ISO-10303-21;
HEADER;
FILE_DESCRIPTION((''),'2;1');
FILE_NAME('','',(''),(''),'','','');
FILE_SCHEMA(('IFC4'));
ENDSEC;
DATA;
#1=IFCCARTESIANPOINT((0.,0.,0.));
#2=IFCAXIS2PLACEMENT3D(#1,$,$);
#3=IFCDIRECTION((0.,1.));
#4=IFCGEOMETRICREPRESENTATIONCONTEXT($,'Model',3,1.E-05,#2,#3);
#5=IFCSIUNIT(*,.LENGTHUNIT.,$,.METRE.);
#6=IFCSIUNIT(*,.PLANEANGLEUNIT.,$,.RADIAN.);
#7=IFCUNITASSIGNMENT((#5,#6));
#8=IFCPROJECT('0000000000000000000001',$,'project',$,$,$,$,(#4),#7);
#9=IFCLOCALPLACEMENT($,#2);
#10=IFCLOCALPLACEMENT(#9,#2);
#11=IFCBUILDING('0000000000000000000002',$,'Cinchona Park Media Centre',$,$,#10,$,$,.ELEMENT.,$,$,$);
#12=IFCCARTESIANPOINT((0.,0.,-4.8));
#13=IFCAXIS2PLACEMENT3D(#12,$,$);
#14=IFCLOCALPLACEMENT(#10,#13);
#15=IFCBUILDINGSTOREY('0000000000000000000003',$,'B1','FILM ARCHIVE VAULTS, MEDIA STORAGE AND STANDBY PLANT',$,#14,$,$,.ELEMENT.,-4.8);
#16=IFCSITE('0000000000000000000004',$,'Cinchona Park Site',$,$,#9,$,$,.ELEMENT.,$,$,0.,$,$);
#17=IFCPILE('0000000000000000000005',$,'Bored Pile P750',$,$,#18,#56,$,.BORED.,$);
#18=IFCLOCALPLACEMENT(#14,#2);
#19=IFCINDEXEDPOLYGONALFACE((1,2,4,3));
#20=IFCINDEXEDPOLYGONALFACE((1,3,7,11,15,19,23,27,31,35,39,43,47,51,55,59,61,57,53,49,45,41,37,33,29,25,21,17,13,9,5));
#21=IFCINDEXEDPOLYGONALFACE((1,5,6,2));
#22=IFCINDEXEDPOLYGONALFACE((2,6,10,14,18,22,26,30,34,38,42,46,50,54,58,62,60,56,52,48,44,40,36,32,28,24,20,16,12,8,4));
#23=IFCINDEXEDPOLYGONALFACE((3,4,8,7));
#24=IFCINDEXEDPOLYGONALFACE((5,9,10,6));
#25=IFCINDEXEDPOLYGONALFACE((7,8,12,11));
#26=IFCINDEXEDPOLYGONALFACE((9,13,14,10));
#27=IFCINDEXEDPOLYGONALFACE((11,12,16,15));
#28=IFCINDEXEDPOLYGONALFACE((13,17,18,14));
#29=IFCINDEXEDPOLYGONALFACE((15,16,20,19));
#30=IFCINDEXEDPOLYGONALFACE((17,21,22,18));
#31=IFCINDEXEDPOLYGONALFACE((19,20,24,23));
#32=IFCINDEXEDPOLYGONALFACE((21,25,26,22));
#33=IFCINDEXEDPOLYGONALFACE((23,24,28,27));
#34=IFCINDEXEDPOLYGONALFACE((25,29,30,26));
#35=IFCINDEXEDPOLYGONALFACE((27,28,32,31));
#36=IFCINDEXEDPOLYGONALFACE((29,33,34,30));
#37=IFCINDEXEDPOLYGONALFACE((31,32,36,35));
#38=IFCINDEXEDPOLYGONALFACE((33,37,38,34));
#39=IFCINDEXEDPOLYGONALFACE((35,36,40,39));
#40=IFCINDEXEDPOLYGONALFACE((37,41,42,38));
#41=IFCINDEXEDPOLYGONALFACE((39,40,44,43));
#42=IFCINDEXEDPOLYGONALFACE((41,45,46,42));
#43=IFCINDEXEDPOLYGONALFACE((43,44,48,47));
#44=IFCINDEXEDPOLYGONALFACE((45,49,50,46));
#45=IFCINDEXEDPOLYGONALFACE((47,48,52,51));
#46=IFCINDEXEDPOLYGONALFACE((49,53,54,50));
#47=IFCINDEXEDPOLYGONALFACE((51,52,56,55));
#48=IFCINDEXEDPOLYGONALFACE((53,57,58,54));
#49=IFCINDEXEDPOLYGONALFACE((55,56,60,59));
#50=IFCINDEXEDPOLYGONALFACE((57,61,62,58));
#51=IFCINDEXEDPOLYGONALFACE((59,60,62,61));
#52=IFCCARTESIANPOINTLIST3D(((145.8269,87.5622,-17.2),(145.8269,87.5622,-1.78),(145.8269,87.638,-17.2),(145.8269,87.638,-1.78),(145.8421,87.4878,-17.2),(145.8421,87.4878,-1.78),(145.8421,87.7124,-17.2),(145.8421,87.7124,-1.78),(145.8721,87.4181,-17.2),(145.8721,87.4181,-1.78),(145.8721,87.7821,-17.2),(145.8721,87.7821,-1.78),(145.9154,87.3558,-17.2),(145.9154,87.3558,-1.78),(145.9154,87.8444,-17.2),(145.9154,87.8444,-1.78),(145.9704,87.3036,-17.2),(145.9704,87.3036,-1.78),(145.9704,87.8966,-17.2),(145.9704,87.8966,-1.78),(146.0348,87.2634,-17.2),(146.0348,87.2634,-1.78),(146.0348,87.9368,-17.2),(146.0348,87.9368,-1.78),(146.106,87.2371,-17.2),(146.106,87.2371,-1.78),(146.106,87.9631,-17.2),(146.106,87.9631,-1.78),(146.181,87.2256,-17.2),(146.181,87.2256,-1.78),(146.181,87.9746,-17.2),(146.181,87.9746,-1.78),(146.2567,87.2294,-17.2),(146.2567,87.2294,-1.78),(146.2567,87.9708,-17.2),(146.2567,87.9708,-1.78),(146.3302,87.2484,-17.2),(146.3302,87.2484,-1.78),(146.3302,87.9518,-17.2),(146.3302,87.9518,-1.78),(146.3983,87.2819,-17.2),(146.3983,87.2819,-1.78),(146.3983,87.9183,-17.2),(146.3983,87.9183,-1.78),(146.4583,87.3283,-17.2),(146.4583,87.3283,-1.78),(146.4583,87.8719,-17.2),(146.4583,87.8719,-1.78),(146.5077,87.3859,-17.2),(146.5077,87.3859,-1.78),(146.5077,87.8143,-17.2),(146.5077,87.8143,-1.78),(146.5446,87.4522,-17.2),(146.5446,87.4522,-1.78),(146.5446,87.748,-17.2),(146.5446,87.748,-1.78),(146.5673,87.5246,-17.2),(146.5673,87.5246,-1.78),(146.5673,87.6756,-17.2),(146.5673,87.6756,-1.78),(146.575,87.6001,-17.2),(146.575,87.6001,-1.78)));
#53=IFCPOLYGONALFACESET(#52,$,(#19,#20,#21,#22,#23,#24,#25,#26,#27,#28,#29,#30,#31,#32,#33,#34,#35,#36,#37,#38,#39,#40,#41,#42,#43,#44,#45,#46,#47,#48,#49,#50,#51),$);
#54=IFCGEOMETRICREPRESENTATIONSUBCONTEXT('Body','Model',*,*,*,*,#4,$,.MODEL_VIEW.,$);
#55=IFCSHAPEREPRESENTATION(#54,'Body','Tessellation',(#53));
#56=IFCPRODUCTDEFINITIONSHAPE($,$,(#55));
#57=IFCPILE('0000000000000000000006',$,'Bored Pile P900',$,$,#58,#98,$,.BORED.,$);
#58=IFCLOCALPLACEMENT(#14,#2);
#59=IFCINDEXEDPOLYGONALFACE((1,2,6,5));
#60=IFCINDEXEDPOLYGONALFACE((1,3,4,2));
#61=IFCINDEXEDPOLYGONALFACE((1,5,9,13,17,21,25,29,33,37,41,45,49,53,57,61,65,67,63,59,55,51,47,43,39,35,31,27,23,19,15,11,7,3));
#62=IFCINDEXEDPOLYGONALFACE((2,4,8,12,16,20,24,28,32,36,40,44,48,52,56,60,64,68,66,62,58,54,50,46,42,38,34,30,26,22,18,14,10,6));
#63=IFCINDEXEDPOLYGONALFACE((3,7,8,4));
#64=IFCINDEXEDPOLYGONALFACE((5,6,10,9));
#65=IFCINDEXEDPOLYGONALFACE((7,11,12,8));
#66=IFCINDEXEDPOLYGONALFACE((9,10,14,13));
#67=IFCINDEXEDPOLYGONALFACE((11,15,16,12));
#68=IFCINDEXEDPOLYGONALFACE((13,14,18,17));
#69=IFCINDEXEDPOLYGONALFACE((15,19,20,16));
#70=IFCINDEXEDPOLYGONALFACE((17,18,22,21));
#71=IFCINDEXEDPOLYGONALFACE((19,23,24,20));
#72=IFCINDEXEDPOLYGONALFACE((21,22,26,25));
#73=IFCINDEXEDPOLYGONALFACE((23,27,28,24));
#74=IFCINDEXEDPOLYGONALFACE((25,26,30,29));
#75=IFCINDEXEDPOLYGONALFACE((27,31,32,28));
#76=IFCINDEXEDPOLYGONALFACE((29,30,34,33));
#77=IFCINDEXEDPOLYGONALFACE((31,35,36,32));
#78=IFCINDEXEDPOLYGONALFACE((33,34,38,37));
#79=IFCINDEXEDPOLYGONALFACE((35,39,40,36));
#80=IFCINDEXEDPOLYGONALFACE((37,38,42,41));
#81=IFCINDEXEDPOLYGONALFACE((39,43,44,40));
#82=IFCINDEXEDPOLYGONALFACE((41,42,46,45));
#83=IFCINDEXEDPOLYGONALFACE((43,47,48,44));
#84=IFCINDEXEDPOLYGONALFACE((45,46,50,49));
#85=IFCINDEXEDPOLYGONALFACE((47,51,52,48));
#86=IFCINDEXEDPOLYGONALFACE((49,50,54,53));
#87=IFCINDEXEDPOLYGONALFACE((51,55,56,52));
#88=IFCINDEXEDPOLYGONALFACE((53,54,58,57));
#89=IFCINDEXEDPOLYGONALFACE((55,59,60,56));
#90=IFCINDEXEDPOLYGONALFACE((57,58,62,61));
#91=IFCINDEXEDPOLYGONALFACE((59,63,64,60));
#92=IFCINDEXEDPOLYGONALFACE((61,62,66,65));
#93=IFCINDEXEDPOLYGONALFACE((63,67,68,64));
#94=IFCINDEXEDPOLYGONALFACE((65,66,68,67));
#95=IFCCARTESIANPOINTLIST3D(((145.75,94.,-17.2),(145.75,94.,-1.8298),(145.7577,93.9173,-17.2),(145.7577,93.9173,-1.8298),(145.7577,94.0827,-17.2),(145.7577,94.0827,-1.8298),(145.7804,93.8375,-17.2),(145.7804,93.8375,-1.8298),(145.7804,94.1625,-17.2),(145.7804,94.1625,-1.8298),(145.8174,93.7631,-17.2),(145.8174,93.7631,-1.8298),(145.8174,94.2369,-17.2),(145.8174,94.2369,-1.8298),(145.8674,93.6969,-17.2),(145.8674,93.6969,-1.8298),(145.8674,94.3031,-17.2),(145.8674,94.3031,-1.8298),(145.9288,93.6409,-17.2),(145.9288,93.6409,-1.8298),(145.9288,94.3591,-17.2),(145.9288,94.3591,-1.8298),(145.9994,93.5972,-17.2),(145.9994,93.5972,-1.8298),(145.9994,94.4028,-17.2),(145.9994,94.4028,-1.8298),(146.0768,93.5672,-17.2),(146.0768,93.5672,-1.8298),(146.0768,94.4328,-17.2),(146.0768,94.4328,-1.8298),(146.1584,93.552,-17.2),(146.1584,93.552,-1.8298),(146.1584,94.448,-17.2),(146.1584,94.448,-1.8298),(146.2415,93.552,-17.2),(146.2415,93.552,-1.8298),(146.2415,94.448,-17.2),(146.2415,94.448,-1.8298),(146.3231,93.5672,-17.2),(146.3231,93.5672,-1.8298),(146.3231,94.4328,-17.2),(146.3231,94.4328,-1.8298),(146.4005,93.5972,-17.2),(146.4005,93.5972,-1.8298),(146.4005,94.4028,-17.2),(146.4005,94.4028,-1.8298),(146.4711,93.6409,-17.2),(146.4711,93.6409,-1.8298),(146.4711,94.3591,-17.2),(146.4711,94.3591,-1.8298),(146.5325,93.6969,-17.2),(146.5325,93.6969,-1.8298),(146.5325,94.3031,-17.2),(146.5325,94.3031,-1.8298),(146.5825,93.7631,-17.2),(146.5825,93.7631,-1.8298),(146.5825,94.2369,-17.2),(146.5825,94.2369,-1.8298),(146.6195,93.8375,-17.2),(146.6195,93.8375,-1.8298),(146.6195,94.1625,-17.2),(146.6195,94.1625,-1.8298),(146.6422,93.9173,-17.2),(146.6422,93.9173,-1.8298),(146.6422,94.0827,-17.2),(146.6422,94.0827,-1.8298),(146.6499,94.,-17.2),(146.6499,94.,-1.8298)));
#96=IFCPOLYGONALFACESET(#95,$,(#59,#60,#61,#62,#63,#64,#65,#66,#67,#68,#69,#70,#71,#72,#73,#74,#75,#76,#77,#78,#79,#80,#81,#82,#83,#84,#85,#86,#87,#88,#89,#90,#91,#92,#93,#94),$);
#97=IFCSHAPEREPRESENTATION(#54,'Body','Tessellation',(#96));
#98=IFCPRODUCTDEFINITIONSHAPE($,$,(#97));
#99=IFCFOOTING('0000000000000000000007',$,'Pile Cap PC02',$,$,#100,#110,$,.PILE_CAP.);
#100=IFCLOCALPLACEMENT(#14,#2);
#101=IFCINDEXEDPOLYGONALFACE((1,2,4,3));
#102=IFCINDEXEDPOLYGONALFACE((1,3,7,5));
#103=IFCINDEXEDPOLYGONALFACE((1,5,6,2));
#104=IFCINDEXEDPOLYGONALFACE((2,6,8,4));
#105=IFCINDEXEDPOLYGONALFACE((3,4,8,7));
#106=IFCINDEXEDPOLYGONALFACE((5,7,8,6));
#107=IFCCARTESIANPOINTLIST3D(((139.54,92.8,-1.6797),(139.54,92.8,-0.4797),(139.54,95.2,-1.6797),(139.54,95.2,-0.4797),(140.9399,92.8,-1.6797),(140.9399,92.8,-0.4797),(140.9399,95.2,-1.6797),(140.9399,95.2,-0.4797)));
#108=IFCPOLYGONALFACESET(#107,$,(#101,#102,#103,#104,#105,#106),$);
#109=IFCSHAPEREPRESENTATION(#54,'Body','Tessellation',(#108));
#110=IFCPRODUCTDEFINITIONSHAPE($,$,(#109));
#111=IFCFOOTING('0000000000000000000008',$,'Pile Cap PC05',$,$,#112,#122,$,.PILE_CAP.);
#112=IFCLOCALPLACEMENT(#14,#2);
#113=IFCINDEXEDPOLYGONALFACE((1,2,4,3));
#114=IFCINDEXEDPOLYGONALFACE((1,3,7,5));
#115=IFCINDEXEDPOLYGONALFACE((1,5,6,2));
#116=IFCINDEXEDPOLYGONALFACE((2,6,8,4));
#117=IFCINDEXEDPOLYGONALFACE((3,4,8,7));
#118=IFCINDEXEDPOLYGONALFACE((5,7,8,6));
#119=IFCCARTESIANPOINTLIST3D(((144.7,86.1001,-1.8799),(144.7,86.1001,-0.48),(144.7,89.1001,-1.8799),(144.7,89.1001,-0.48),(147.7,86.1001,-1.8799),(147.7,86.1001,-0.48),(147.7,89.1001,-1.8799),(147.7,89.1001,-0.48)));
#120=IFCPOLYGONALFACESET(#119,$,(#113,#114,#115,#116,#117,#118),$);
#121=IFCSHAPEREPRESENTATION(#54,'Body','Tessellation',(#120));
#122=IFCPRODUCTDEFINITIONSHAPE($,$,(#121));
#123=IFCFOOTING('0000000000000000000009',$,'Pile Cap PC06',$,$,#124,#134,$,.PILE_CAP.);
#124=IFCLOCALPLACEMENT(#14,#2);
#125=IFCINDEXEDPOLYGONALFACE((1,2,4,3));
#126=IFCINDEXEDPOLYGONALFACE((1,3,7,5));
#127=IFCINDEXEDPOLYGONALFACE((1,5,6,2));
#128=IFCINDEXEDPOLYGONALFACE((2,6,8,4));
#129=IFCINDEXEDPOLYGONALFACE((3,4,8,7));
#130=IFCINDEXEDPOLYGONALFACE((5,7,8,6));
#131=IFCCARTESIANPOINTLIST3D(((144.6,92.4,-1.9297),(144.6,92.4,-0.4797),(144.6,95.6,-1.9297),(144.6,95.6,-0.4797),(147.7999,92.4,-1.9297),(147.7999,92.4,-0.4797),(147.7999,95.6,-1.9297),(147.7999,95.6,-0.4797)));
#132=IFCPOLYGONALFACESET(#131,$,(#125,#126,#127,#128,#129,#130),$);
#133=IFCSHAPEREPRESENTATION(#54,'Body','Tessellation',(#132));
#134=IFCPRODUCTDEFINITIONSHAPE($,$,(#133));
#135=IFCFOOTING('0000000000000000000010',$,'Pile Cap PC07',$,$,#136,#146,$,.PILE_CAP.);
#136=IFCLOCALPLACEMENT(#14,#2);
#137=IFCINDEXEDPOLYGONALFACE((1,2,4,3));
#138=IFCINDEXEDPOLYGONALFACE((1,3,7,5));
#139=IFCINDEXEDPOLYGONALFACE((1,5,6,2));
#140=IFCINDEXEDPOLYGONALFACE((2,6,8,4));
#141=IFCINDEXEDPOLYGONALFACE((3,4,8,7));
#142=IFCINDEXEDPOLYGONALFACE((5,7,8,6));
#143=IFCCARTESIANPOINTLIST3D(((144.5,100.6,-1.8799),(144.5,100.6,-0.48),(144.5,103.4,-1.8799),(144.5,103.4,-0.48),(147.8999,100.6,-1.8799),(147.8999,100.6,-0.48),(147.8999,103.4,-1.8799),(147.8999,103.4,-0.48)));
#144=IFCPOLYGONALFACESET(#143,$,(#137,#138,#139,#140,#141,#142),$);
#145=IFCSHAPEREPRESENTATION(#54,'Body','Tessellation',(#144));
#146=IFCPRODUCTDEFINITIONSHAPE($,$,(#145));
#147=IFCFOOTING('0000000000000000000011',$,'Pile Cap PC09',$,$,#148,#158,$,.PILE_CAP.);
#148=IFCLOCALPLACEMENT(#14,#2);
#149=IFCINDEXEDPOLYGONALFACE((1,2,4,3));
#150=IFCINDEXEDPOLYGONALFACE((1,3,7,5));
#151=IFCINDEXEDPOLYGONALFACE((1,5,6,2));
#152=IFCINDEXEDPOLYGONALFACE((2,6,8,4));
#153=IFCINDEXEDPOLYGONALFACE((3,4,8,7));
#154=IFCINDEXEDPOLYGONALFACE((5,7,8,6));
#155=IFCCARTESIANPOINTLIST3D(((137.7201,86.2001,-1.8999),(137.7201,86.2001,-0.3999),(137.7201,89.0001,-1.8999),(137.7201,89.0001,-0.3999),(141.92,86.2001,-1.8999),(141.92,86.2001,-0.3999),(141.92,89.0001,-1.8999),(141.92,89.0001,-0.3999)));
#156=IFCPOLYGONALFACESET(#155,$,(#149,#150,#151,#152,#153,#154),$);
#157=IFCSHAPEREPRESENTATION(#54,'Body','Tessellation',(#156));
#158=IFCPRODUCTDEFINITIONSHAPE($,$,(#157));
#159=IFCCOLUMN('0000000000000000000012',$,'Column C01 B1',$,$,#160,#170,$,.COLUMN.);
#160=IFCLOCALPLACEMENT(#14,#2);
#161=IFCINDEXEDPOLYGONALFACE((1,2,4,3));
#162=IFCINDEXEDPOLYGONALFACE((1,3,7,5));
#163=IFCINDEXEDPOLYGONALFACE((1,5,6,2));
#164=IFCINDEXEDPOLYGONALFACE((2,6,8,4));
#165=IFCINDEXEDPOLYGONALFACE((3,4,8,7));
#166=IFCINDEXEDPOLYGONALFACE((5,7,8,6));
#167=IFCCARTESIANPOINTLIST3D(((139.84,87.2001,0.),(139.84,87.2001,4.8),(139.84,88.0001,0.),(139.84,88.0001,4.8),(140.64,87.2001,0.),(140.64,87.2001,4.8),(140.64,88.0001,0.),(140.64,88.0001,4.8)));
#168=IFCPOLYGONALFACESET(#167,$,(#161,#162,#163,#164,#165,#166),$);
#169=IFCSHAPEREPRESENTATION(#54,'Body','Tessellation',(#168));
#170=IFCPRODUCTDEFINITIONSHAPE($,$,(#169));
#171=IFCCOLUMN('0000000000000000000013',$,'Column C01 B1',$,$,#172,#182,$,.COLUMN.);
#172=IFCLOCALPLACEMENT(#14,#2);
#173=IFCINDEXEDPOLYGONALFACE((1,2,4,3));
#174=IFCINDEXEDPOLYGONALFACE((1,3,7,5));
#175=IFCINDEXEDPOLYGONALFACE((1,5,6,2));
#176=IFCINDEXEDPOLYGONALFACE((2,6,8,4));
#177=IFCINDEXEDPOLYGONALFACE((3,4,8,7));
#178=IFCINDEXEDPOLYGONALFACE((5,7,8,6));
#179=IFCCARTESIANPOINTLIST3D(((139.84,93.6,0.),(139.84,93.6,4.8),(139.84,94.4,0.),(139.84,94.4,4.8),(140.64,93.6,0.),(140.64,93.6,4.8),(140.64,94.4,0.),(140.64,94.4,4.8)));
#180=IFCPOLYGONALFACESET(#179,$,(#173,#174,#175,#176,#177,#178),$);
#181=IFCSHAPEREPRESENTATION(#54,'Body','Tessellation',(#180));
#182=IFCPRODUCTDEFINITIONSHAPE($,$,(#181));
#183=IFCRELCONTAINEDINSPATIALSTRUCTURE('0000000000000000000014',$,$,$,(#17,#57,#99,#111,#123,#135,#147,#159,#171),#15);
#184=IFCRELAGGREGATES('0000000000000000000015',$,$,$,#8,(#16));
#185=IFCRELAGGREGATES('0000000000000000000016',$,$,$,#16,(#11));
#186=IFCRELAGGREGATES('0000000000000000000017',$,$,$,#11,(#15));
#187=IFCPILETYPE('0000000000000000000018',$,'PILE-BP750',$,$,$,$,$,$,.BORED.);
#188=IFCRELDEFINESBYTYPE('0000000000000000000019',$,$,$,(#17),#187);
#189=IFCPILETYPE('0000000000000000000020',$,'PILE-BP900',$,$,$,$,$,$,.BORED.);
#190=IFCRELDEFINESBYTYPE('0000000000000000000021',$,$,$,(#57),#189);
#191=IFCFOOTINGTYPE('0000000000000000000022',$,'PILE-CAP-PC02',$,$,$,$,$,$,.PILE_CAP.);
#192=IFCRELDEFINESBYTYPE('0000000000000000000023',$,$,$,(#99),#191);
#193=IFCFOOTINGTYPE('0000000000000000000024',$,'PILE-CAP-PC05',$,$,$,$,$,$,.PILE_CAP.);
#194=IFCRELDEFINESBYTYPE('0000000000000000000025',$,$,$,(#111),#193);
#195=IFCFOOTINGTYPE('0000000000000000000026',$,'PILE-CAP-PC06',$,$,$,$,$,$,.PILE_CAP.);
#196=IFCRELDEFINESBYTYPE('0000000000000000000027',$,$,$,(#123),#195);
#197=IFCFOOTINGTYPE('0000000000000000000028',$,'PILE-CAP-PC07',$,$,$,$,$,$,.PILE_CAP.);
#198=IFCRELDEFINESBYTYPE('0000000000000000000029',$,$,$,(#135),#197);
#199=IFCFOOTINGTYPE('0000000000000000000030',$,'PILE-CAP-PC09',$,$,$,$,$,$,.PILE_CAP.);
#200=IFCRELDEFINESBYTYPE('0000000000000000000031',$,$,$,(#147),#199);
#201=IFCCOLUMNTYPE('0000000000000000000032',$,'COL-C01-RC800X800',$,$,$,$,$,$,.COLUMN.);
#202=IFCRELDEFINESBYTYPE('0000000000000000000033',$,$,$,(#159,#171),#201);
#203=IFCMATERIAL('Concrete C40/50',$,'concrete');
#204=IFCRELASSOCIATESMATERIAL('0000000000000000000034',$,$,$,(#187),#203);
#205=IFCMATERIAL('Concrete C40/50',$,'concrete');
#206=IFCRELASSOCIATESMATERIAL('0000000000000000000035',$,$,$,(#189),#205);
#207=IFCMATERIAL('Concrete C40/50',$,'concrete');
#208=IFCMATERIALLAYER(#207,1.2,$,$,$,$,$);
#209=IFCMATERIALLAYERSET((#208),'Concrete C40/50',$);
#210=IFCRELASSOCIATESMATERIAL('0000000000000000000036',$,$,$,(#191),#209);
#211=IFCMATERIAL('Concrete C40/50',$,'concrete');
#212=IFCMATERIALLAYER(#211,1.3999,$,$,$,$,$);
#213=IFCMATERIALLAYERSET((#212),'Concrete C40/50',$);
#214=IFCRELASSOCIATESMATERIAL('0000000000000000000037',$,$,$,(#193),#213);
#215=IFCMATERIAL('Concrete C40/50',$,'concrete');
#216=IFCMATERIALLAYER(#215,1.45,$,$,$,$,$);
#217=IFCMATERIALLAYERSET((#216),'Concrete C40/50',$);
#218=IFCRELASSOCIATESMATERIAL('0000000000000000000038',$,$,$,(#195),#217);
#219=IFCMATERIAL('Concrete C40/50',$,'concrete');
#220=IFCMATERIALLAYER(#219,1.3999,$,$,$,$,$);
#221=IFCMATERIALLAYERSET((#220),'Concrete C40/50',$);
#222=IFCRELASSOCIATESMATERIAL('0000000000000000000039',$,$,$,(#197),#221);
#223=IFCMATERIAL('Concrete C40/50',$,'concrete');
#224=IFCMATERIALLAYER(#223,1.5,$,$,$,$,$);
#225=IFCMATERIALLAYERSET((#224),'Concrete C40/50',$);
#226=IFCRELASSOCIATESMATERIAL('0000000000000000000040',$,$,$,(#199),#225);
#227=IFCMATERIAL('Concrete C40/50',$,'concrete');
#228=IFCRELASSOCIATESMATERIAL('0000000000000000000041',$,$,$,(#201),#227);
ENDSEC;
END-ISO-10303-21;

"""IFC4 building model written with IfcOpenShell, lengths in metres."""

from ifc_helpers import new_model, si_unit, direction, frame, origin, origin_2d, place, context, subcontext, project, spatial, rectangle, circle, extrude, material, layer, layer_set, material_profile, profile_set, type_object, element, save


model = new_model("IFC4")

# Units and contexts
model_context = context("Model", 3, precision=1e-05, world=origin(), true_north=direction((0.0, 1.0)))
body_context = subcontext(model_context, "Body", "Model", "MODEL_VIEW")
ifc_project = project(units=[si_unit("LENGTHUNIT", "METRE"), si_unit("PLANEANGLEUNIT", "RADIAN")], contexts=[model_context])

# Site, building, storey
site_placement = place(None, origin())
site = spatial("IfcSite", under=ifc_project, at=site_placement, Name="Cinchona Park Site", CompositionType="ELEMENT", RefElevation=0.0)
building_placement = place(site_placement, origin())
building = spatial("IfcBuilding", under=site, at=building_placement, Name="Cinchona Park Media Centre", CompositionType="ELEMENT")
storey_placement = place(building_placement, frame((0.0, 0.0, -4.8)))
storey = spatial("IfcBuildingStorey", under=building, at=storey_placement, Name="B1", Description="FILM ARCHIVE VAULTS, MEDIA STORAGE AND STANDBY PLANT", CompositionType="ELEMENT", Elevation=-4.8)

# Piles
ifc_material_1 = material(Name="Concrete C40/50", Category="concrete")
ifc_material_profile_1 = material_profile(ifc_material_1, circle(Radius=0.375, at=origin_2d()), Name="BORED PILE 750")
ifc_profile_set_1 = profile_set([ifc_material_profile_1], Name="Concrete C40/50")
pile_type_1 = type_object("IfcPileType", Name="PILE-BP750", PredefinedType="BORED", material=ifc_profile_set_1)
pile_1_placement = place(storey_placement, frame((146.2, 87.6001, -1.78), z_axis=(0.0, 0.0, -1.0), x_axis=(1.0, 0.0, 0.0)))
element("IfcPile", 1, at=pile_1_placement, inside=storey, type_object=pile_type_1, Name="Bored Pile P750", PredefinedType="BORED", context=body_context, shape_type="SweptSolid", body=[
    extrude(circle(Radius=0.375, at=origin_2d()), origin(), (0.0, 0.0, 1.0), 15.4199),
])
ifc_material_2 = material(Name="Concrete C40/50", Category="concrete")
ifc_material_profile_2 = material_profile(ifc_material_2, circle(Radius=0.45, at=origin_2d()), Name="BORED PILE 900")
ifc_profile_set_2 = profile_set([ifc_material_profile_2], Name="Concrete C40/50")
pile_type_2 = type_object("IfcPileType", Name="PILE-BP900", PredefinedType="BORED", material=ifc_profile_set_2)
pile_2_placement = place(storey_placement, frame((146.2, 94.0, -1.8298), z_axis=(0.0, 0.0, -1.0), x_axis=(1.0, 0.0, 0.0)))
element("IfcPile", 2, at=pile_2_placement, inside=storey, type_object=pile_type_2, Name="Bored Pile P900", PredefinedType="BORED", context=body_context, shape_type="SweptSolid", body=[
    extrude(circle(Radius=0.45, at=origin_2d()), origin(), (0.0, 0.0, 1.0), 15.3701),
])

# Footings
ifc_material_3 = material(Name="Concrete C40/50", Category="concrete")
ifc_layer_1 = layer(ifc_material_3, 1.2)
ifc_layer_set_1 = layer_set([ifc_layer_1], Name="Concrete C40/50")
footing_type_1 = type_object("IfcFootingType", Name="PILE-CAP-PC02", PredefinedType="PILE_CAP", material=ifc_layer_set_1)
footing_1_placement = place(storey_placement, frame((140.24, 94.0, -1.6797), z_axis=(0.0, 0.0, 1.0), x_axis=(1.0, 0.0, 0.0)))
element("IfcFooting", 3, at=footing_1_placement, inside=storey, type_object=footing_type_1, Name="Pile Cap PC02", PredefinedType="PILE_CAP", context=body_context, shape_type="SweptSolid", body=[
    extrude(rectangle(XDim=1.3999, YDim=2.3999, at=origin_2d()), origin(), (0.0, 0.0, 1.0), 1.2),
])
ifc_material_4 = material(Name="Concrete C40/50", Category="concrete")
ifc_layer_2 = layer(ifc_material_4, 1.3999)
ifc_layer_set_2 = layer_set([ifc_layer_2], Name="Concrete C40/50")
footing_type_2 = type_object("IfcFootingType", Name="PILE-CAP-PC05", PredefinedType="PILE_CAP", material=ifc_layer_set_2)
footing_2_placement = place(storey_placement, frame((146.2, 87.6001, -1.8799), z_axis=(0.0, 0.0, 1.0), x_axis=(1.0, 0.0, 0.0)))
element("IfcFooting", 4, at=footing_2_placement, inside=storey, type_object=footing_type_2, Name="Pile Cap PC05", PredefinedType="PILE_CAP", context=body_context, shape_type="SweptSolid", body=[
    extrude(rectangle(XDim=3.0, YDim=3.0, at=origin_2d()), origin(), (0.0, 0.0, 1.0), 1.3999),
])
ifc_material_5 = material(Name="Concrete C40/50", Category="concrete")
ifc_layer_3 = layer(ifc_material_5, 1.45)
ifc_layer_set_3 = layer_set([ifc_layer_3], Name="Concrete C40/50")
footing_type_3 = type_object("IfcFootingType", Name="PILE-CAP-PC06", PredefinedType="PILE_CAP", material=ifc_layer_set_3)
footing_3_placement = place(storey_placement, frame((146.2, 94.0, -1.9297), z_axis=(0.0, 0.0, 1.0), x_axis=(1.0, 0.0, 0.0)))
element("IfcFooting", 5, at=footing_3_placement, inside=storey, type_object=footing_type_3, Name="Pile Cap PC06", PredefinedType="PILE_CAP", context=body_context, shape_type="SweptSolid", body=[
    extrude(rectangle(XDim=3.2, YDim=3.2, at=origin_2d()), origin(), (0.0, 0.0, 1.0), 1.45),
])
ifc_material_6 = material(Name="Concrete C40/50", Category="concrete")
ifc_layer_4 = layer(ifc_material_6, 1.3999)
ifc_layer_set_4 = layer_set([ifc_layer_4], Name="Concrete C40/50")
footing_type_4 = type_object("IfcFootingType", Name="PILE-CAP-PC07", PredefinedType="PILE_CAP", material=ifc_layer_set_4)
footing_4_placement = place(storey_placement, frame((146.2, 102.0, -1.8799), z_axis=(0.0, 0.0, 1.0), x_axis=(1.0, 0.0, 0.0)))
element("IfcFooting", 6, at=footing_4_placement, inside=storey, type_object=footing_type_4, Name="Pile Cap PC07", PredefinedType="PILE_CAP", context=body_context, shape_type="SweptSolid", body=[
    extrude(rectangle(XDim=3.3999, YDim=2.8, at=origin_2d()), origin(), (0.0, 0.0, 1.0), 1.3999),
])
ifc_material_7 = material(Name="Concrete C40/50", Category="concrete")
ifc_layer_5 = layer(ifc_material_7, 1.5)
ifc_layer_set_5 = layer_set([ifc_layer_5], Name="Concrete C40/50")
footing_type_5 = type_object("IfcFootingType", Name="PILE-CAP-PC09", PredefinedType="PILE_CAP", material=ifc_layer_set_5)
footing_5_placement = place(storey_placement, frame((139.8201, 87.6001, -1.8999), z_axis=(0.0, 0.0, 1.0), x_axis=(1.0, 0.0, 0.0)))
element("IfcFooting", 7, at=footing_5_placement, inside=storey, type_object=footing_type_5, Name="Pile Cap PC09", PredefinedType="PILE_CAP", context=body_context, shape_type="SweptSolid", body=[
    extrude(rectangle(XDim=4.2, YDim=2.8, at=origin_2d()), origin(), (0.0, 0.0, 1.0), 1.5),
])

# Columns
ifc_material_8 = material(Name="Concrete C40/50", Category="concrete")
ifc_material_profile_3 = material_profile(ifc_material_8, rectangle(XDim=0.8, YDim=0.8, at=origin_2d()), Name="RC 800X800")
ifc_profile_set_3 = profile_set([ifc_material_profile_3], Name="Concrete C40/50")
column_type = type_object("IfcColumnType", Name="COL-C01-RC800X800", PredefinedType="COLUMN", material=ifc_profile_set_3)
for number, where, z_axis, x_axis, name in (
    (8, (140.24, 87.6001, 0.0), (0.0, 0.0, 1.0), (1.0, 0.0, 0.0), "Column C01 B1"),
    (9, (140.24, 94.0, 0.0), (0.0, 0.0, 1.0), (1.0, 0.0, 0.0), "Column C01 B1"),
):
    element("IfcColumn", number, at=place(storey_placement, frame(where, z_axis=z_axis, x_axis=x_axis)), inside=storey, type_object=column_type, Name=name, PredefinedType="COLUMN", context=body_context, shape_type="SweptSolid", body=[
        extrude(rectangle(XDim=0.8, YDim=0.8, at=origin_2d()), origin(), (0.0, 0.0, 1.0), 4.8),
    ])

save(model, "model.ifc")
